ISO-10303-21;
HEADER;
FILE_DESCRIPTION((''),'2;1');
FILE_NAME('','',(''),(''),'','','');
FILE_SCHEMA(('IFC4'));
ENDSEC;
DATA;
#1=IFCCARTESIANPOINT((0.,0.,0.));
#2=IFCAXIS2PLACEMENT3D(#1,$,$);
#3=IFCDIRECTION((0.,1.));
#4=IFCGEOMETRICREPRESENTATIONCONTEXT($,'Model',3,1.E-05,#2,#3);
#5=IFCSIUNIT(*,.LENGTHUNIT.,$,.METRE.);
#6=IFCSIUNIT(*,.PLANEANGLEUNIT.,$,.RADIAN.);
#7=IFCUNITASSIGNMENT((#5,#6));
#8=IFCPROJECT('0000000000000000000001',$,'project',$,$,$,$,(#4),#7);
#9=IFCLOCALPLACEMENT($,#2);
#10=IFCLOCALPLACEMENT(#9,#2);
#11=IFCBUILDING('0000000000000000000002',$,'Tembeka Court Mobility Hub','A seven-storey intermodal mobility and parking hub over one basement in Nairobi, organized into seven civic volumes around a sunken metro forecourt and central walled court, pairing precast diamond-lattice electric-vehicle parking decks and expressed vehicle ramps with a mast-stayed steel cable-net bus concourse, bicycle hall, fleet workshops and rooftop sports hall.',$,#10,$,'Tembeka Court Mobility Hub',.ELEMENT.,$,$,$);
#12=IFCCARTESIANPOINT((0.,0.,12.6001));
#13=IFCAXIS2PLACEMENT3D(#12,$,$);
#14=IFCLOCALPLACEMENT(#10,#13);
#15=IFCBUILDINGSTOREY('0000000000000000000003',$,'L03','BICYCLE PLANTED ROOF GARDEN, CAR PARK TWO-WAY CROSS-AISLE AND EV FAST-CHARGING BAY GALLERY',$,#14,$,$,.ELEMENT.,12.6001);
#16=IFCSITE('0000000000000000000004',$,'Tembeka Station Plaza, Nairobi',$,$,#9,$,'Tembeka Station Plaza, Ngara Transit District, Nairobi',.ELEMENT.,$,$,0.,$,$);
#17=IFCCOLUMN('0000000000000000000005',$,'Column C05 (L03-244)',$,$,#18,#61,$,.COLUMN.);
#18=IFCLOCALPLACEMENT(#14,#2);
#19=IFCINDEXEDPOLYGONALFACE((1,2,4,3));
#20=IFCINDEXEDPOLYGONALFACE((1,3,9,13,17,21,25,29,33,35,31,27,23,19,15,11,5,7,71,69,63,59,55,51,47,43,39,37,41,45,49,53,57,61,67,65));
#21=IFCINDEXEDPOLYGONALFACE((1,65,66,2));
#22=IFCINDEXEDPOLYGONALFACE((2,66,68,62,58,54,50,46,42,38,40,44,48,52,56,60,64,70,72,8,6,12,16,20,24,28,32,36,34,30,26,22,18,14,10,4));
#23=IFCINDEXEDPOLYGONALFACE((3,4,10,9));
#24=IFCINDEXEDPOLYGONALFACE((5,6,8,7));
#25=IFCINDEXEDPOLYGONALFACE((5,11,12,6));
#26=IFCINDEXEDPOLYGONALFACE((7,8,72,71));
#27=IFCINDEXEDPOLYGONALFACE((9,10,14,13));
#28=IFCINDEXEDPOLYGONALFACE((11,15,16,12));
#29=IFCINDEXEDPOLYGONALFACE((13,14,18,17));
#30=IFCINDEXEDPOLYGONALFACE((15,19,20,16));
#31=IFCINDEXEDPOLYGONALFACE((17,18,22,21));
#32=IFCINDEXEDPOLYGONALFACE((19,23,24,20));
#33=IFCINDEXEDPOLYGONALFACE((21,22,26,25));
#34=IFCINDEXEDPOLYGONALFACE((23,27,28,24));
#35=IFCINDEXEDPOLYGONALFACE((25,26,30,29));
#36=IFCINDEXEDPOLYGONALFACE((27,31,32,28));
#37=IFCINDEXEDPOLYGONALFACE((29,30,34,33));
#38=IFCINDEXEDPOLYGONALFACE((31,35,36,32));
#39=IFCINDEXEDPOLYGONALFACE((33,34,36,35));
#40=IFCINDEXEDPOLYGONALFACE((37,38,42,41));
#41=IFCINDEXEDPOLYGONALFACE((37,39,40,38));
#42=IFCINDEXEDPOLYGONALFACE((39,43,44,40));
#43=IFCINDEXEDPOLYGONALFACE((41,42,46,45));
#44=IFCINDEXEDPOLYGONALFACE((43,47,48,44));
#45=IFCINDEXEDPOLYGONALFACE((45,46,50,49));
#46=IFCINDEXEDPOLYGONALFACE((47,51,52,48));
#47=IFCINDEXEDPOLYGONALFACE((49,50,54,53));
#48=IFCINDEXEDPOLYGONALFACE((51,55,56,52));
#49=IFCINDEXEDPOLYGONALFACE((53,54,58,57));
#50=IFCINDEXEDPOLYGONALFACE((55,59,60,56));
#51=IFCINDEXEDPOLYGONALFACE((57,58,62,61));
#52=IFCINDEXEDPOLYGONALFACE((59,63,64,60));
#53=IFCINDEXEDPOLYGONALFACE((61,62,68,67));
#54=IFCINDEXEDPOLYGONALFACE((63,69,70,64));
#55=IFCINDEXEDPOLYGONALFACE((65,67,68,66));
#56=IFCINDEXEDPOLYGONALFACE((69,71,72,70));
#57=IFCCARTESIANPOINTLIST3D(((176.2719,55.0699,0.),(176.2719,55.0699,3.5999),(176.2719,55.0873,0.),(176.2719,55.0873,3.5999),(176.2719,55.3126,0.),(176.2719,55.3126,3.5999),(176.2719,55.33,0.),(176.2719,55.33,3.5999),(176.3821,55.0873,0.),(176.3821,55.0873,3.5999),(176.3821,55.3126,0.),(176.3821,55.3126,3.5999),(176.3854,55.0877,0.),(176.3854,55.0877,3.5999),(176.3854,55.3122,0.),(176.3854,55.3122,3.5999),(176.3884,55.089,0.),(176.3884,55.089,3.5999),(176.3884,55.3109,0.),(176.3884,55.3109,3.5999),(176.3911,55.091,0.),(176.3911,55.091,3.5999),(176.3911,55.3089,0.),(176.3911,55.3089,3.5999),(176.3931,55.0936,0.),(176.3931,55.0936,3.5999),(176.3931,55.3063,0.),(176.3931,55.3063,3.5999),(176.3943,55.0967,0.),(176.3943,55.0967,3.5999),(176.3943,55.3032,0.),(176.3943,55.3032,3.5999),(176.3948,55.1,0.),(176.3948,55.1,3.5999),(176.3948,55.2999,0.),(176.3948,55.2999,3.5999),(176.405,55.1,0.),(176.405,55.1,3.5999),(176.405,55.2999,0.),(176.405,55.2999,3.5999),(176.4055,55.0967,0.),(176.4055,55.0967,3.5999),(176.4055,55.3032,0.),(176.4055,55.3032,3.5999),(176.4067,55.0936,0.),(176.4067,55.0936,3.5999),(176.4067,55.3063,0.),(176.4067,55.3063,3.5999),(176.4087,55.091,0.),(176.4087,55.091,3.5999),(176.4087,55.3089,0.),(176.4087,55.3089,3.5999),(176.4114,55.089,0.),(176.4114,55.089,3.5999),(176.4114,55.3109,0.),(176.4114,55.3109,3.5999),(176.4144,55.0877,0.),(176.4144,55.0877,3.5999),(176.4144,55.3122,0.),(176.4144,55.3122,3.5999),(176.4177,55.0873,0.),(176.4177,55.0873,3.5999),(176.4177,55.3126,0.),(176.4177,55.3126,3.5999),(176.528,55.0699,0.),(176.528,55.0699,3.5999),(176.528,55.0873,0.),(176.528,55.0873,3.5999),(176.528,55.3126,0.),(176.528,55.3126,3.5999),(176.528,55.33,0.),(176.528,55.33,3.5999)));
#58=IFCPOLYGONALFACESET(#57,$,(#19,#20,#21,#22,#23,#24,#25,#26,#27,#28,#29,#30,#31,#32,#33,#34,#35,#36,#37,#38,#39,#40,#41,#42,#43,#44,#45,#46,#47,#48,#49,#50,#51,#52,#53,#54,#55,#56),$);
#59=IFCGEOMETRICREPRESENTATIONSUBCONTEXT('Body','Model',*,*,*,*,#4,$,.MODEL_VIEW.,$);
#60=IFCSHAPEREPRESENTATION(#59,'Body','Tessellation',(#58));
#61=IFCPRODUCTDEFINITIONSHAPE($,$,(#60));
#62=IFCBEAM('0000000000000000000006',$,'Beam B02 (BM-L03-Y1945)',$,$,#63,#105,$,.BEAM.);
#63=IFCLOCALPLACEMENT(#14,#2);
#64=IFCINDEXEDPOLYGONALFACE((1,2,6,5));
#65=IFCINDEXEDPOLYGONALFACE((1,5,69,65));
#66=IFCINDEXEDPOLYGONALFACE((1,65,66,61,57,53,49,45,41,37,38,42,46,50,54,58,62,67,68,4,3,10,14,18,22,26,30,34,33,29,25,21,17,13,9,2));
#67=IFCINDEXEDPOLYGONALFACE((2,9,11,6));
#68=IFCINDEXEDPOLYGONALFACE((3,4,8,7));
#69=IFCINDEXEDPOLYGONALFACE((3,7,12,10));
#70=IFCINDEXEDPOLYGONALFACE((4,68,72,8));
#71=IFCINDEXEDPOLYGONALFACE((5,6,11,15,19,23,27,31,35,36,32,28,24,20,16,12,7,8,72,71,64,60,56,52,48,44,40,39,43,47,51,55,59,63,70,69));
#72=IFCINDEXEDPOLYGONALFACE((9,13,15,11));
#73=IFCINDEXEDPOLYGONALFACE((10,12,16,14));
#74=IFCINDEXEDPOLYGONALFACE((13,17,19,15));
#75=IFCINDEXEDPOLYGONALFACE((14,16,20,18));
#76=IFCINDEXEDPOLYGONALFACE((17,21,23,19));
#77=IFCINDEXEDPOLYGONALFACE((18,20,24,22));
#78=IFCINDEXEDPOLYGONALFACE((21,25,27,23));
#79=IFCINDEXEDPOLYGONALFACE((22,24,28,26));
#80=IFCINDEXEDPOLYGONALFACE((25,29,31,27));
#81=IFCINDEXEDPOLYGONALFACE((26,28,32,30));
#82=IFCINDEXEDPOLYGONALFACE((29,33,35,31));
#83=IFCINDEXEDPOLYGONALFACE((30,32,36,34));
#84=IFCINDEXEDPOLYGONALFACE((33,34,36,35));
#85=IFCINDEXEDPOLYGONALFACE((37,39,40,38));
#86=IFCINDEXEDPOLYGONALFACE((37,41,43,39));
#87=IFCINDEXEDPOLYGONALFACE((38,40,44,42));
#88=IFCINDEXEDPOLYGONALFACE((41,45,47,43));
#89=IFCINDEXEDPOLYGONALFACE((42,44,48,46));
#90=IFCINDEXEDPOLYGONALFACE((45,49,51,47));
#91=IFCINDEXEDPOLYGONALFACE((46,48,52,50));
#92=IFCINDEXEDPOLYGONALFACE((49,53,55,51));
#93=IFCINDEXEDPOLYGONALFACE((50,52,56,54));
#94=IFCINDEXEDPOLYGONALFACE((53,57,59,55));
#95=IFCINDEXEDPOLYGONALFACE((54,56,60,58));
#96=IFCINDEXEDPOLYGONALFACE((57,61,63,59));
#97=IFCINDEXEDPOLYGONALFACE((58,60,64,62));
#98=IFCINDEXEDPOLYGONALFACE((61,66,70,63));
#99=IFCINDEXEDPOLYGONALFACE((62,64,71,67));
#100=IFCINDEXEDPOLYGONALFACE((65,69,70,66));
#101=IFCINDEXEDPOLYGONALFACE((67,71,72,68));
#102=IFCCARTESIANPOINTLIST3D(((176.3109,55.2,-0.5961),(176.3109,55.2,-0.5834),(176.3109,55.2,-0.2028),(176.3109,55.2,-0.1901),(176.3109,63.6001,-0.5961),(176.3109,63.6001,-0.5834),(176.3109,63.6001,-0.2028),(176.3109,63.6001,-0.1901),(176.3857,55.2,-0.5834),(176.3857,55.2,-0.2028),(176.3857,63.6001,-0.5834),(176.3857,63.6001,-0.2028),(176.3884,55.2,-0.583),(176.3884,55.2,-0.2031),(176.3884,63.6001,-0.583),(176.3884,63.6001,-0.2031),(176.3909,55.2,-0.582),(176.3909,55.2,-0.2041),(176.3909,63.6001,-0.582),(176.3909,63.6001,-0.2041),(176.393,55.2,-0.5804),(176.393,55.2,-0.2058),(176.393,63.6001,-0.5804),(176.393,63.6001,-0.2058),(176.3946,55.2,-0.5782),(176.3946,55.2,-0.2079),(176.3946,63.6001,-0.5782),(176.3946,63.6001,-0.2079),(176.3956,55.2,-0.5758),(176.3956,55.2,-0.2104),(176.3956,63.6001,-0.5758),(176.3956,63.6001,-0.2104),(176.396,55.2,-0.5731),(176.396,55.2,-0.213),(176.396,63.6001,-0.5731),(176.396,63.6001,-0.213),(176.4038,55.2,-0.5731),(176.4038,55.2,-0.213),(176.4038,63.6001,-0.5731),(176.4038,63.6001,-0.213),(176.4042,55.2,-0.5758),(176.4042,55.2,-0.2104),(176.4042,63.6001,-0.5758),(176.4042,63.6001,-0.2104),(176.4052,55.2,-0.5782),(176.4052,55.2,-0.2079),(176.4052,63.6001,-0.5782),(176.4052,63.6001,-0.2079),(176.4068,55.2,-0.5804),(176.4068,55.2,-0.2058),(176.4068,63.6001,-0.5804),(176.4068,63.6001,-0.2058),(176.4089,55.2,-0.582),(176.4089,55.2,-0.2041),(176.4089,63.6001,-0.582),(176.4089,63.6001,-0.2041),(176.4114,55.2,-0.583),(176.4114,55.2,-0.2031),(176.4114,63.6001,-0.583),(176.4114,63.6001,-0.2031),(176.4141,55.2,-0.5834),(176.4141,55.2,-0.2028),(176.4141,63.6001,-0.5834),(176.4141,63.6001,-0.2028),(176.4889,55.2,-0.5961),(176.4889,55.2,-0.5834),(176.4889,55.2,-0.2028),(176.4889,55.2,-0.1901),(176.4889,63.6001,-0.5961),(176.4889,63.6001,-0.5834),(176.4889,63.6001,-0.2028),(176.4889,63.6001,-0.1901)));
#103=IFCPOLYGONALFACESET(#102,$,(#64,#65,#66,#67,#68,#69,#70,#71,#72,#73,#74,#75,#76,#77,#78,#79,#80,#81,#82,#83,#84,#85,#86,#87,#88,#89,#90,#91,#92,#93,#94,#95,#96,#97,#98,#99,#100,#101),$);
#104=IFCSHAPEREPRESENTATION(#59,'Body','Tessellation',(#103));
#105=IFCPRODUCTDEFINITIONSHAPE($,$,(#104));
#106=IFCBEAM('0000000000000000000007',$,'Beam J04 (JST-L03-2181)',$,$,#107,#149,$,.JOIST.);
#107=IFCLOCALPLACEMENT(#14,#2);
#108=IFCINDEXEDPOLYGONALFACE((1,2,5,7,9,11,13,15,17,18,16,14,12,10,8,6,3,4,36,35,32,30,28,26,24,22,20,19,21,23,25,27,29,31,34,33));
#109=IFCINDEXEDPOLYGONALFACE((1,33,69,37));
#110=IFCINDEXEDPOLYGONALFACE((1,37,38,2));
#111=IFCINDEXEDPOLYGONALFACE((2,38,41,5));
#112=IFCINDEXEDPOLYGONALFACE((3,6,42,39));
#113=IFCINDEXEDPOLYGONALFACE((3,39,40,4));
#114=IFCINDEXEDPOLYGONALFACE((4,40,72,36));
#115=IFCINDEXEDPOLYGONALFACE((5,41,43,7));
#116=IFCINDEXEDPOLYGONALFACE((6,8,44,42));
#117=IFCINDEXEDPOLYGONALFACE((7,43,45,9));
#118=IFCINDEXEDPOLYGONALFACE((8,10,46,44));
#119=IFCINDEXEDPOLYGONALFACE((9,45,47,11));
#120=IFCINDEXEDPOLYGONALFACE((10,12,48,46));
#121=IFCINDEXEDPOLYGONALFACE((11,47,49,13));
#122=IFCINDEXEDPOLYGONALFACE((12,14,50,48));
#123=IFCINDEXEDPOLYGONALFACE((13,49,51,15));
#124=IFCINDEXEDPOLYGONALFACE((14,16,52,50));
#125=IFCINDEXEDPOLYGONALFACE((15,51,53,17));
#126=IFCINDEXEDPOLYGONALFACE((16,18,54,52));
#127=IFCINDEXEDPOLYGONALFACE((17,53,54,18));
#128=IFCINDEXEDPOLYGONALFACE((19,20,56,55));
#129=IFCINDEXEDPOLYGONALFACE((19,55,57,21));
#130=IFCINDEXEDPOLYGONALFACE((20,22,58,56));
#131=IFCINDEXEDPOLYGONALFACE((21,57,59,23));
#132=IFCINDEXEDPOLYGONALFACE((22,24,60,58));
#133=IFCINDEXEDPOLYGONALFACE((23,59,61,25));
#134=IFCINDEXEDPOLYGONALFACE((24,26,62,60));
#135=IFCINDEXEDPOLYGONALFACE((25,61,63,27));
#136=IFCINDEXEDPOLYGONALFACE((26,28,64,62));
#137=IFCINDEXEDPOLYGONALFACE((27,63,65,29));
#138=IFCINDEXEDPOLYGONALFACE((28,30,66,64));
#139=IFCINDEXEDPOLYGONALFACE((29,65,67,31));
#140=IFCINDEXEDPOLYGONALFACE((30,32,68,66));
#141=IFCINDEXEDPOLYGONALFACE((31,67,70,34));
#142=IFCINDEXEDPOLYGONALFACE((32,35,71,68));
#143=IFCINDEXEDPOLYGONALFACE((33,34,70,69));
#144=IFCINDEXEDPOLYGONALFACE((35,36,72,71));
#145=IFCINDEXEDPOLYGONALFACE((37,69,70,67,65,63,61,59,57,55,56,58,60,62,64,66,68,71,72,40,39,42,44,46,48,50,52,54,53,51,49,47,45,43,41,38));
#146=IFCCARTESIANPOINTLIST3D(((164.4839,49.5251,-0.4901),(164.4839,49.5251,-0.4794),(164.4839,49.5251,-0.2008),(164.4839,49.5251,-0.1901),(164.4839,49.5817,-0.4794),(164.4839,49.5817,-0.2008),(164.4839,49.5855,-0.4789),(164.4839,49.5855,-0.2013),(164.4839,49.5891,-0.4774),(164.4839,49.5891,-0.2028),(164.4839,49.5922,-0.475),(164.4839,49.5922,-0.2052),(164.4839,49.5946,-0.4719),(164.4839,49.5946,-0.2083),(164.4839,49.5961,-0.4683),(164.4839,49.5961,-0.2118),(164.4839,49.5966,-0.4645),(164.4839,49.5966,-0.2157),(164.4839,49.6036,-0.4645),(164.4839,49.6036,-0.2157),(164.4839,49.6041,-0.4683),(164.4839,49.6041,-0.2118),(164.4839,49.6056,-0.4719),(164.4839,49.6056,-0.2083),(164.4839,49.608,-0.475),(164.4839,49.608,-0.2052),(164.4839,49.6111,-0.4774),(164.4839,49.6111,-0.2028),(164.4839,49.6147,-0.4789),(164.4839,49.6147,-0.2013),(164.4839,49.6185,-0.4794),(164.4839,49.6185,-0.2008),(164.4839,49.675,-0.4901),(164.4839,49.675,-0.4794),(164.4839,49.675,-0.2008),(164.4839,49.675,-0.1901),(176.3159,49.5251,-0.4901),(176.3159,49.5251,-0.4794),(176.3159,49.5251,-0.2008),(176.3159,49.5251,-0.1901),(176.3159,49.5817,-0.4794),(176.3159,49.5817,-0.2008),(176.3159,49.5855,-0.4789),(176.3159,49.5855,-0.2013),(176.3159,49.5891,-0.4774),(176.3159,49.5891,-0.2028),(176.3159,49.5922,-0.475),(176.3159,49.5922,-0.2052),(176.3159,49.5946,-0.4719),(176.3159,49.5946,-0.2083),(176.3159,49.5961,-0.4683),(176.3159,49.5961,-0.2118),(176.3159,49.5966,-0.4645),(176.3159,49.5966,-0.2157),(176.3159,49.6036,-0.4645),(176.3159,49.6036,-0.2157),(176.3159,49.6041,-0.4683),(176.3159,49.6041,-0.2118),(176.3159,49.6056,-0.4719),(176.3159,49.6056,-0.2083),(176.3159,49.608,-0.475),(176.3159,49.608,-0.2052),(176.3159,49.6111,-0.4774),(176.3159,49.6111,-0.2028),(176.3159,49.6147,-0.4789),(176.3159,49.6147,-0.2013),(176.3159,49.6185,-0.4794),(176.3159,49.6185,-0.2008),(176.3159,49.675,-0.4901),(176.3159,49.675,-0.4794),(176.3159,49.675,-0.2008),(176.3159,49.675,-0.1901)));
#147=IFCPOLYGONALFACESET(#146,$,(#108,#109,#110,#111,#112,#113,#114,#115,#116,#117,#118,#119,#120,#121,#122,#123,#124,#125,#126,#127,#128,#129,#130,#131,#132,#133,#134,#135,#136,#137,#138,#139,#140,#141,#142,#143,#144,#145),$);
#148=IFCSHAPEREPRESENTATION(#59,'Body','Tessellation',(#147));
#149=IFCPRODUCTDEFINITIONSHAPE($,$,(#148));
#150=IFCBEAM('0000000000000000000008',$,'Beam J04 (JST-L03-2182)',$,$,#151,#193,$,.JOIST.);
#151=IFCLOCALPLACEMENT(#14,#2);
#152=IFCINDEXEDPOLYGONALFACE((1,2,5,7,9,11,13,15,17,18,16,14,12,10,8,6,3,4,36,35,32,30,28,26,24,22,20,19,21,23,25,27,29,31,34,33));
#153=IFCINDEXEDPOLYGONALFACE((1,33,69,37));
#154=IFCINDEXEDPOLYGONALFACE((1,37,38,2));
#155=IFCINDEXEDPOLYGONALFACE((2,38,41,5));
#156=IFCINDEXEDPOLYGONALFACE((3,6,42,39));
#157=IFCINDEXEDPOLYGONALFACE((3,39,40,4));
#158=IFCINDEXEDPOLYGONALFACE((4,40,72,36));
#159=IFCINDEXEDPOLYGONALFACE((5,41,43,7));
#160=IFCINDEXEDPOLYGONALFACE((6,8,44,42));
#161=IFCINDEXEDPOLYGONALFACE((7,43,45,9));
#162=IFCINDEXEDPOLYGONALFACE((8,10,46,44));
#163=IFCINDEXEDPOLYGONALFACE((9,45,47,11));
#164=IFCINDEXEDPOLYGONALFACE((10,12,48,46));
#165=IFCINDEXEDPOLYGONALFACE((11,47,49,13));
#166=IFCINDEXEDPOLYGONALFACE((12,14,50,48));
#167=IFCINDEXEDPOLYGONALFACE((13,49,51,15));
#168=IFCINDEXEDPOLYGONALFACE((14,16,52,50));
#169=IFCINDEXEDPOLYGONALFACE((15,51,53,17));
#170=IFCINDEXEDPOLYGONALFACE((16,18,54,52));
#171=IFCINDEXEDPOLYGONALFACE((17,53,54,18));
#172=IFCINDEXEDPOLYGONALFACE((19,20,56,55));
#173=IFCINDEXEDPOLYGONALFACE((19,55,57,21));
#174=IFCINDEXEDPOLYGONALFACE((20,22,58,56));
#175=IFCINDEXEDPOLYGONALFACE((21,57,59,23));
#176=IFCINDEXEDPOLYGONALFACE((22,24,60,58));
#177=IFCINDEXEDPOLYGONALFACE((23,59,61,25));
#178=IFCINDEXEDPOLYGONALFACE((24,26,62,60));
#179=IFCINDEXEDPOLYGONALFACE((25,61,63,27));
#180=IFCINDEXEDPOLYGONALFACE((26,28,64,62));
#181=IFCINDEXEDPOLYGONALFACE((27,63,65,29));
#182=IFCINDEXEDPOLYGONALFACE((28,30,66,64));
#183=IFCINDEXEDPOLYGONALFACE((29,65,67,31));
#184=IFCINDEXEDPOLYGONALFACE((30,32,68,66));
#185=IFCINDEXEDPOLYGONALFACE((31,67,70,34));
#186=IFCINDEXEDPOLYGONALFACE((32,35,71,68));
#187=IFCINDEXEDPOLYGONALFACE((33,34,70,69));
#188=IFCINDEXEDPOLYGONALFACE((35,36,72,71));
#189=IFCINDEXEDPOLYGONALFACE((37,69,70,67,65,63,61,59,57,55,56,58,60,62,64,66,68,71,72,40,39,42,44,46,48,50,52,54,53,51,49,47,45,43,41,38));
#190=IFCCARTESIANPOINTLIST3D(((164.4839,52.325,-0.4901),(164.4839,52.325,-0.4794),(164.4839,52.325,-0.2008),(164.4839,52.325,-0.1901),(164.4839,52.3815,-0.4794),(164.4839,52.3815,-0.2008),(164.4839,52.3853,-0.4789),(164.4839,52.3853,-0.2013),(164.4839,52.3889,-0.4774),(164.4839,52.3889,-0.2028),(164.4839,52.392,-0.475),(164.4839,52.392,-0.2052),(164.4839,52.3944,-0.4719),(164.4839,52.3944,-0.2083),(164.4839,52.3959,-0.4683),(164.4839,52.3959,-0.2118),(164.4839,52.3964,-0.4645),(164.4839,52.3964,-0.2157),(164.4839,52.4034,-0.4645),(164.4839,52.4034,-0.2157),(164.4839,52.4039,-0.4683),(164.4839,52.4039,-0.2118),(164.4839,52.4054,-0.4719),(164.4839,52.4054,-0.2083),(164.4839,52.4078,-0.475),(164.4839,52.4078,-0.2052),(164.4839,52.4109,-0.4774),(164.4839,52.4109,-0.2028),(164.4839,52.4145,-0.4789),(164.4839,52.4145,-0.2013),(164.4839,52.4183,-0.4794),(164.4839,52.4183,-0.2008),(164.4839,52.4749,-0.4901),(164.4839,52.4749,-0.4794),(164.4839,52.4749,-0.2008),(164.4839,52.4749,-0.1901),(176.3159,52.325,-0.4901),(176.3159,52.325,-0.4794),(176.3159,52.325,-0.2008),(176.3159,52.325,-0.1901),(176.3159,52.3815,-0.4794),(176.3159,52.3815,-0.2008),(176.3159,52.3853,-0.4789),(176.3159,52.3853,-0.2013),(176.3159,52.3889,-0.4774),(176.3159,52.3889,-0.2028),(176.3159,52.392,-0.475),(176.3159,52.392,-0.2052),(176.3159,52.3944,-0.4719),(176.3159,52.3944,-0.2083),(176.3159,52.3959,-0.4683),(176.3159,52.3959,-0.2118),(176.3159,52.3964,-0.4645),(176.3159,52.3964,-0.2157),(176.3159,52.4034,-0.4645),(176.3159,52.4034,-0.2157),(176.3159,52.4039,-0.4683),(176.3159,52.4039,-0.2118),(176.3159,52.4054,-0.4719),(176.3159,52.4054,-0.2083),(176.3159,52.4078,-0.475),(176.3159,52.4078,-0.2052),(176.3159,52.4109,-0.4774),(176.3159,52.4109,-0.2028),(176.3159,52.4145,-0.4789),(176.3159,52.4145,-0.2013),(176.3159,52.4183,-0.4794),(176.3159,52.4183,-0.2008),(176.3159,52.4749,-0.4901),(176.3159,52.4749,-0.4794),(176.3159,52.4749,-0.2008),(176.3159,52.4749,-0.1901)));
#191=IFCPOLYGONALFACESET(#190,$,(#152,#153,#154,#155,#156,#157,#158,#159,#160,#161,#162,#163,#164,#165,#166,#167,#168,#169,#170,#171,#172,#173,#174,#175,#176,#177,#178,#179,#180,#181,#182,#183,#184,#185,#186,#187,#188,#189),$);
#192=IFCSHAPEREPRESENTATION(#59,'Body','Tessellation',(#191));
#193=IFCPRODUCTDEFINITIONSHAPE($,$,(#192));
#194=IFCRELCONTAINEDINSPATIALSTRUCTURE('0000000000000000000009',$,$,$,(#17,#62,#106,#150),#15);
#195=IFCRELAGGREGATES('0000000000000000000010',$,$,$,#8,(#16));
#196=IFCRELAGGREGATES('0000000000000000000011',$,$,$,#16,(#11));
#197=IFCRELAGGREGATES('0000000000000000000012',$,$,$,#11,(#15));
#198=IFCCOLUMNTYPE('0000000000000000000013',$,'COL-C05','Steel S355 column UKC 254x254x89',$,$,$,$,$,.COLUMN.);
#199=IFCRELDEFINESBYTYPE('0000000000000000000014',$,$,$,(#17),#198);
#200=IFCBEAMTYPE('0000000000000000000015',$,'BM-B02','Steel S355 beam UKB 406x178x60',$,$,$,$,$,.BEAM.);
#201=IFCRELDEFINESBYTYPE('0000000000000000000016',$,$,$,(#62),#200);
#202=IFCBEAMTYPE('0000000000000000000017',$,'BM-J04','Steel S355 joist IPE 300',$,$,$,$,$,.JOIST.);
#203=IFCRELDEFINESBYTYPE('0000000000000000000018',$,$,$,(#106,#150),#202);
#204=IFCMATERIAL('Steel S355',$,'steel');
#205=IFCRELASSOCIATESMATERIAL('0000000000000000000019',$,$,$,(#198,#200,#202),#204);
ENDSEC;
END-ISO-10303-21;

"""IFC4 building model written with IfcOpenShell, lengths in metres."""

from ifc_helpers import new_model, si_unit, direction, frame, origin, origin_2d, place, context, subcontext, project, spatial, i_section, extrude, material, material_profile, profile_set, type_object, element, save


model = new_model("IFC4")

# Units and contexts
model_context = context("Model", 3, precision=1e-05, world=origin(), true_north=direction((0.0, 1.0)))
body_context = subcontext(model_context, "Body", "Model", "MODEL_VIEW")
ifc_project = project(units=[si_unit("LENGTHUNIT", "METRE"), si_unit("PLANEANGLEUNIT", "RADIAN")], contexts=[model_context])

# Site, building, storey
site_placement = place(None, origin())
site = spatial("IfcSite", under=ifc_project, at=site_placement, Name="Tembeka Station Plaza, Nairobi", LongName="Tembeka Station Plaza, Ngara Transit District, Nairobi", CompositionType="ELEMENT", RefElevation=0.0)
building_placement = place(site_placement, origin())
building = spatial("IfcBuilding", under=site, at=building_placement, Name="Tembeka Court Mobility Hub", Description="A seven-storey intermodal mobility and parking hub over one basement in Nairobi, organized into seven civic volumes around a sunken metro forecourt and central walled court, pairing precast diamond-lattice electric-vehicle parking decks and expressed vehicle ramps with a mast-stayed steel cable-net bus concourse, bicycle hall, fleet workshops and rooftop sports hall.", LongName="Tembeka Court Mobility Hub", CompositionType="ELEMENT")
storey_placement = place(building_placement, frame((0.0, 0.0, 12.6001)))
storey = spatial("IfcBuildingStorey", under=building, at=storey_placement, Name="L03", Description="BICYCLE PLANTED ROOF GARDEN, CAR PARK TWO-WAY CROSS-AISLE AND EV FAST-CHARGING BAY GALLERY", CompositionType="ELEMENT", Elevation=12.6001)

# Column
ifc_material_1 = material(Name="Steel S355", Category="steel")
ifc_material_profile_1 = material_profile(ifc_material_1, i_section(OverallWidth=0.2561, OverallDepth=0.26, WebThickness=0.0103, FlangeThickness=0.0173, FilletRadius=0.0127, at=origin_2d()), Name="UKC 254x254x89")
ifc_profile_set_1 = profile_set([ifc_material_profile_1], Name="Steel S355")
column_type = type_object("IfcColumnType", Name="COL-C05", Description="Steel S355 column UKC 254x254x89", PredefinedType="COLUMN", material=ifc_profile_set_1)
column_placement = place(storey_placement, frame((176.3999, 55.2, 0.0), z_axis=(0.0, 0.0, 1.0), x_axis=(1.0, 0.0, 0.0)))
element("IfcColumn", 1, at=column_placement, inside=storey, type_object=column_type, Name="Column C05 (L03-244)", PredefinedType="COLUMN", context=body_context, shape_type="SweptSolid", body=[
    extrude(i_section(OverallWidth=0.2561, OverallDepth=0.26, WebThickness=0.0103, FlangeThickness=0.0173, FilletRadius=0.0127, at=origin_2d()), origin(), (0.0, 0.0, 1.0), 3.5999),
])

# Beams
ifc_material_profile_2 = material_profile(ifc_material_1, i_section(OverallWidth=0.178, OverallDepth=0.406, WebThickness=0.0078, FlangeThickness=0.0127, FilletRadius=0.0103, at=origin_2d()), Name="UKB 406x178x60")
ifc_profile_set_2 = profile_set([ifc_material_profile_2], Name="Steel S355")
beam_type_1 = type_object("IfcBeamType", Name="BM-B02", Description="Steel S355 beam UKB 406x178x60", PredefinedType="BEAM", material=ifc_profile_set_2)
beam_placement = place(storey_placement, frame((176.3999, 55.2, -0.3931), z_axis=(0.0, 1.0, 0.0), x_axis=(-1.0, 0.0, 0.0)))
element("IfcBeam", 2, at=beam_placement, inside=storey, type_object=beam_type_1, Name="Beam B02 (BM-L03-Y1945)", PredefinedType="BEAM", context=body_context, shape_type="SweptSolid", body=[
    extrude(i_section(OverallWidth=0.178, OverallDepth=0.406, WebThickness=0.0078, FlangeThickness=0.0127, FilletRadius=0.0103, at=origin_2d()), origin(), (0.0, 0.0, 1.0), 8.4001),
])
ifc_material_profile_3 = material_profile(ifc_material_1, i_section(OverallWidth=0.1499, OverallDepth=0.3, WebThickness=0.0071, FlangeThickness=0.0107, FilletRadius=0.0149, at=origin_2d()), Name="IPE 300")
ifc_profile_set_3 = profile_set([ifc_material_profile_3], Name="Steel S355")
beam_type_2 = type_object("IfcBeamType", Name="BM-J04", Description="Steel S355 joist IPE 300", PredefinedType="JOIST", material=ifc_profile_set_3)
for number, where, z_axis, x_axis, name in (
    (3, (164.4839, 49.6001, -0.3401), (1.0, 0.0, 0.0), (0.0, 1.0, 0.0), "Beam J04 (JST-L03-2181)"),
    (4, (164.4839, 52.3999, -0.3401), (1.0, 0.0, 0.0), (0.0, 1.0, 0.0), "Beam J04 (JST-L03-2182)"),
):
    element("IfcBeam", number, at=place(storey_placement, frame(where, z_axis=z_axis, x_axis=x_axis)), inside=storey, type_object=beam_type_2, Name=name, PredefinedType="JOIST", context=body_context, shape_type="SweptSolid", body=[
        extrude(i_section(OverallWidth=0.1499, OverallDepth=0.3, WebThickness=0.0071, FlangeThickness=0.0107, FilletRadius=0.0149, at=origin_2d()), origin(), (0.0, 0.0, 1.0), 11.832),
    ])

save(model, "model.ifc")
